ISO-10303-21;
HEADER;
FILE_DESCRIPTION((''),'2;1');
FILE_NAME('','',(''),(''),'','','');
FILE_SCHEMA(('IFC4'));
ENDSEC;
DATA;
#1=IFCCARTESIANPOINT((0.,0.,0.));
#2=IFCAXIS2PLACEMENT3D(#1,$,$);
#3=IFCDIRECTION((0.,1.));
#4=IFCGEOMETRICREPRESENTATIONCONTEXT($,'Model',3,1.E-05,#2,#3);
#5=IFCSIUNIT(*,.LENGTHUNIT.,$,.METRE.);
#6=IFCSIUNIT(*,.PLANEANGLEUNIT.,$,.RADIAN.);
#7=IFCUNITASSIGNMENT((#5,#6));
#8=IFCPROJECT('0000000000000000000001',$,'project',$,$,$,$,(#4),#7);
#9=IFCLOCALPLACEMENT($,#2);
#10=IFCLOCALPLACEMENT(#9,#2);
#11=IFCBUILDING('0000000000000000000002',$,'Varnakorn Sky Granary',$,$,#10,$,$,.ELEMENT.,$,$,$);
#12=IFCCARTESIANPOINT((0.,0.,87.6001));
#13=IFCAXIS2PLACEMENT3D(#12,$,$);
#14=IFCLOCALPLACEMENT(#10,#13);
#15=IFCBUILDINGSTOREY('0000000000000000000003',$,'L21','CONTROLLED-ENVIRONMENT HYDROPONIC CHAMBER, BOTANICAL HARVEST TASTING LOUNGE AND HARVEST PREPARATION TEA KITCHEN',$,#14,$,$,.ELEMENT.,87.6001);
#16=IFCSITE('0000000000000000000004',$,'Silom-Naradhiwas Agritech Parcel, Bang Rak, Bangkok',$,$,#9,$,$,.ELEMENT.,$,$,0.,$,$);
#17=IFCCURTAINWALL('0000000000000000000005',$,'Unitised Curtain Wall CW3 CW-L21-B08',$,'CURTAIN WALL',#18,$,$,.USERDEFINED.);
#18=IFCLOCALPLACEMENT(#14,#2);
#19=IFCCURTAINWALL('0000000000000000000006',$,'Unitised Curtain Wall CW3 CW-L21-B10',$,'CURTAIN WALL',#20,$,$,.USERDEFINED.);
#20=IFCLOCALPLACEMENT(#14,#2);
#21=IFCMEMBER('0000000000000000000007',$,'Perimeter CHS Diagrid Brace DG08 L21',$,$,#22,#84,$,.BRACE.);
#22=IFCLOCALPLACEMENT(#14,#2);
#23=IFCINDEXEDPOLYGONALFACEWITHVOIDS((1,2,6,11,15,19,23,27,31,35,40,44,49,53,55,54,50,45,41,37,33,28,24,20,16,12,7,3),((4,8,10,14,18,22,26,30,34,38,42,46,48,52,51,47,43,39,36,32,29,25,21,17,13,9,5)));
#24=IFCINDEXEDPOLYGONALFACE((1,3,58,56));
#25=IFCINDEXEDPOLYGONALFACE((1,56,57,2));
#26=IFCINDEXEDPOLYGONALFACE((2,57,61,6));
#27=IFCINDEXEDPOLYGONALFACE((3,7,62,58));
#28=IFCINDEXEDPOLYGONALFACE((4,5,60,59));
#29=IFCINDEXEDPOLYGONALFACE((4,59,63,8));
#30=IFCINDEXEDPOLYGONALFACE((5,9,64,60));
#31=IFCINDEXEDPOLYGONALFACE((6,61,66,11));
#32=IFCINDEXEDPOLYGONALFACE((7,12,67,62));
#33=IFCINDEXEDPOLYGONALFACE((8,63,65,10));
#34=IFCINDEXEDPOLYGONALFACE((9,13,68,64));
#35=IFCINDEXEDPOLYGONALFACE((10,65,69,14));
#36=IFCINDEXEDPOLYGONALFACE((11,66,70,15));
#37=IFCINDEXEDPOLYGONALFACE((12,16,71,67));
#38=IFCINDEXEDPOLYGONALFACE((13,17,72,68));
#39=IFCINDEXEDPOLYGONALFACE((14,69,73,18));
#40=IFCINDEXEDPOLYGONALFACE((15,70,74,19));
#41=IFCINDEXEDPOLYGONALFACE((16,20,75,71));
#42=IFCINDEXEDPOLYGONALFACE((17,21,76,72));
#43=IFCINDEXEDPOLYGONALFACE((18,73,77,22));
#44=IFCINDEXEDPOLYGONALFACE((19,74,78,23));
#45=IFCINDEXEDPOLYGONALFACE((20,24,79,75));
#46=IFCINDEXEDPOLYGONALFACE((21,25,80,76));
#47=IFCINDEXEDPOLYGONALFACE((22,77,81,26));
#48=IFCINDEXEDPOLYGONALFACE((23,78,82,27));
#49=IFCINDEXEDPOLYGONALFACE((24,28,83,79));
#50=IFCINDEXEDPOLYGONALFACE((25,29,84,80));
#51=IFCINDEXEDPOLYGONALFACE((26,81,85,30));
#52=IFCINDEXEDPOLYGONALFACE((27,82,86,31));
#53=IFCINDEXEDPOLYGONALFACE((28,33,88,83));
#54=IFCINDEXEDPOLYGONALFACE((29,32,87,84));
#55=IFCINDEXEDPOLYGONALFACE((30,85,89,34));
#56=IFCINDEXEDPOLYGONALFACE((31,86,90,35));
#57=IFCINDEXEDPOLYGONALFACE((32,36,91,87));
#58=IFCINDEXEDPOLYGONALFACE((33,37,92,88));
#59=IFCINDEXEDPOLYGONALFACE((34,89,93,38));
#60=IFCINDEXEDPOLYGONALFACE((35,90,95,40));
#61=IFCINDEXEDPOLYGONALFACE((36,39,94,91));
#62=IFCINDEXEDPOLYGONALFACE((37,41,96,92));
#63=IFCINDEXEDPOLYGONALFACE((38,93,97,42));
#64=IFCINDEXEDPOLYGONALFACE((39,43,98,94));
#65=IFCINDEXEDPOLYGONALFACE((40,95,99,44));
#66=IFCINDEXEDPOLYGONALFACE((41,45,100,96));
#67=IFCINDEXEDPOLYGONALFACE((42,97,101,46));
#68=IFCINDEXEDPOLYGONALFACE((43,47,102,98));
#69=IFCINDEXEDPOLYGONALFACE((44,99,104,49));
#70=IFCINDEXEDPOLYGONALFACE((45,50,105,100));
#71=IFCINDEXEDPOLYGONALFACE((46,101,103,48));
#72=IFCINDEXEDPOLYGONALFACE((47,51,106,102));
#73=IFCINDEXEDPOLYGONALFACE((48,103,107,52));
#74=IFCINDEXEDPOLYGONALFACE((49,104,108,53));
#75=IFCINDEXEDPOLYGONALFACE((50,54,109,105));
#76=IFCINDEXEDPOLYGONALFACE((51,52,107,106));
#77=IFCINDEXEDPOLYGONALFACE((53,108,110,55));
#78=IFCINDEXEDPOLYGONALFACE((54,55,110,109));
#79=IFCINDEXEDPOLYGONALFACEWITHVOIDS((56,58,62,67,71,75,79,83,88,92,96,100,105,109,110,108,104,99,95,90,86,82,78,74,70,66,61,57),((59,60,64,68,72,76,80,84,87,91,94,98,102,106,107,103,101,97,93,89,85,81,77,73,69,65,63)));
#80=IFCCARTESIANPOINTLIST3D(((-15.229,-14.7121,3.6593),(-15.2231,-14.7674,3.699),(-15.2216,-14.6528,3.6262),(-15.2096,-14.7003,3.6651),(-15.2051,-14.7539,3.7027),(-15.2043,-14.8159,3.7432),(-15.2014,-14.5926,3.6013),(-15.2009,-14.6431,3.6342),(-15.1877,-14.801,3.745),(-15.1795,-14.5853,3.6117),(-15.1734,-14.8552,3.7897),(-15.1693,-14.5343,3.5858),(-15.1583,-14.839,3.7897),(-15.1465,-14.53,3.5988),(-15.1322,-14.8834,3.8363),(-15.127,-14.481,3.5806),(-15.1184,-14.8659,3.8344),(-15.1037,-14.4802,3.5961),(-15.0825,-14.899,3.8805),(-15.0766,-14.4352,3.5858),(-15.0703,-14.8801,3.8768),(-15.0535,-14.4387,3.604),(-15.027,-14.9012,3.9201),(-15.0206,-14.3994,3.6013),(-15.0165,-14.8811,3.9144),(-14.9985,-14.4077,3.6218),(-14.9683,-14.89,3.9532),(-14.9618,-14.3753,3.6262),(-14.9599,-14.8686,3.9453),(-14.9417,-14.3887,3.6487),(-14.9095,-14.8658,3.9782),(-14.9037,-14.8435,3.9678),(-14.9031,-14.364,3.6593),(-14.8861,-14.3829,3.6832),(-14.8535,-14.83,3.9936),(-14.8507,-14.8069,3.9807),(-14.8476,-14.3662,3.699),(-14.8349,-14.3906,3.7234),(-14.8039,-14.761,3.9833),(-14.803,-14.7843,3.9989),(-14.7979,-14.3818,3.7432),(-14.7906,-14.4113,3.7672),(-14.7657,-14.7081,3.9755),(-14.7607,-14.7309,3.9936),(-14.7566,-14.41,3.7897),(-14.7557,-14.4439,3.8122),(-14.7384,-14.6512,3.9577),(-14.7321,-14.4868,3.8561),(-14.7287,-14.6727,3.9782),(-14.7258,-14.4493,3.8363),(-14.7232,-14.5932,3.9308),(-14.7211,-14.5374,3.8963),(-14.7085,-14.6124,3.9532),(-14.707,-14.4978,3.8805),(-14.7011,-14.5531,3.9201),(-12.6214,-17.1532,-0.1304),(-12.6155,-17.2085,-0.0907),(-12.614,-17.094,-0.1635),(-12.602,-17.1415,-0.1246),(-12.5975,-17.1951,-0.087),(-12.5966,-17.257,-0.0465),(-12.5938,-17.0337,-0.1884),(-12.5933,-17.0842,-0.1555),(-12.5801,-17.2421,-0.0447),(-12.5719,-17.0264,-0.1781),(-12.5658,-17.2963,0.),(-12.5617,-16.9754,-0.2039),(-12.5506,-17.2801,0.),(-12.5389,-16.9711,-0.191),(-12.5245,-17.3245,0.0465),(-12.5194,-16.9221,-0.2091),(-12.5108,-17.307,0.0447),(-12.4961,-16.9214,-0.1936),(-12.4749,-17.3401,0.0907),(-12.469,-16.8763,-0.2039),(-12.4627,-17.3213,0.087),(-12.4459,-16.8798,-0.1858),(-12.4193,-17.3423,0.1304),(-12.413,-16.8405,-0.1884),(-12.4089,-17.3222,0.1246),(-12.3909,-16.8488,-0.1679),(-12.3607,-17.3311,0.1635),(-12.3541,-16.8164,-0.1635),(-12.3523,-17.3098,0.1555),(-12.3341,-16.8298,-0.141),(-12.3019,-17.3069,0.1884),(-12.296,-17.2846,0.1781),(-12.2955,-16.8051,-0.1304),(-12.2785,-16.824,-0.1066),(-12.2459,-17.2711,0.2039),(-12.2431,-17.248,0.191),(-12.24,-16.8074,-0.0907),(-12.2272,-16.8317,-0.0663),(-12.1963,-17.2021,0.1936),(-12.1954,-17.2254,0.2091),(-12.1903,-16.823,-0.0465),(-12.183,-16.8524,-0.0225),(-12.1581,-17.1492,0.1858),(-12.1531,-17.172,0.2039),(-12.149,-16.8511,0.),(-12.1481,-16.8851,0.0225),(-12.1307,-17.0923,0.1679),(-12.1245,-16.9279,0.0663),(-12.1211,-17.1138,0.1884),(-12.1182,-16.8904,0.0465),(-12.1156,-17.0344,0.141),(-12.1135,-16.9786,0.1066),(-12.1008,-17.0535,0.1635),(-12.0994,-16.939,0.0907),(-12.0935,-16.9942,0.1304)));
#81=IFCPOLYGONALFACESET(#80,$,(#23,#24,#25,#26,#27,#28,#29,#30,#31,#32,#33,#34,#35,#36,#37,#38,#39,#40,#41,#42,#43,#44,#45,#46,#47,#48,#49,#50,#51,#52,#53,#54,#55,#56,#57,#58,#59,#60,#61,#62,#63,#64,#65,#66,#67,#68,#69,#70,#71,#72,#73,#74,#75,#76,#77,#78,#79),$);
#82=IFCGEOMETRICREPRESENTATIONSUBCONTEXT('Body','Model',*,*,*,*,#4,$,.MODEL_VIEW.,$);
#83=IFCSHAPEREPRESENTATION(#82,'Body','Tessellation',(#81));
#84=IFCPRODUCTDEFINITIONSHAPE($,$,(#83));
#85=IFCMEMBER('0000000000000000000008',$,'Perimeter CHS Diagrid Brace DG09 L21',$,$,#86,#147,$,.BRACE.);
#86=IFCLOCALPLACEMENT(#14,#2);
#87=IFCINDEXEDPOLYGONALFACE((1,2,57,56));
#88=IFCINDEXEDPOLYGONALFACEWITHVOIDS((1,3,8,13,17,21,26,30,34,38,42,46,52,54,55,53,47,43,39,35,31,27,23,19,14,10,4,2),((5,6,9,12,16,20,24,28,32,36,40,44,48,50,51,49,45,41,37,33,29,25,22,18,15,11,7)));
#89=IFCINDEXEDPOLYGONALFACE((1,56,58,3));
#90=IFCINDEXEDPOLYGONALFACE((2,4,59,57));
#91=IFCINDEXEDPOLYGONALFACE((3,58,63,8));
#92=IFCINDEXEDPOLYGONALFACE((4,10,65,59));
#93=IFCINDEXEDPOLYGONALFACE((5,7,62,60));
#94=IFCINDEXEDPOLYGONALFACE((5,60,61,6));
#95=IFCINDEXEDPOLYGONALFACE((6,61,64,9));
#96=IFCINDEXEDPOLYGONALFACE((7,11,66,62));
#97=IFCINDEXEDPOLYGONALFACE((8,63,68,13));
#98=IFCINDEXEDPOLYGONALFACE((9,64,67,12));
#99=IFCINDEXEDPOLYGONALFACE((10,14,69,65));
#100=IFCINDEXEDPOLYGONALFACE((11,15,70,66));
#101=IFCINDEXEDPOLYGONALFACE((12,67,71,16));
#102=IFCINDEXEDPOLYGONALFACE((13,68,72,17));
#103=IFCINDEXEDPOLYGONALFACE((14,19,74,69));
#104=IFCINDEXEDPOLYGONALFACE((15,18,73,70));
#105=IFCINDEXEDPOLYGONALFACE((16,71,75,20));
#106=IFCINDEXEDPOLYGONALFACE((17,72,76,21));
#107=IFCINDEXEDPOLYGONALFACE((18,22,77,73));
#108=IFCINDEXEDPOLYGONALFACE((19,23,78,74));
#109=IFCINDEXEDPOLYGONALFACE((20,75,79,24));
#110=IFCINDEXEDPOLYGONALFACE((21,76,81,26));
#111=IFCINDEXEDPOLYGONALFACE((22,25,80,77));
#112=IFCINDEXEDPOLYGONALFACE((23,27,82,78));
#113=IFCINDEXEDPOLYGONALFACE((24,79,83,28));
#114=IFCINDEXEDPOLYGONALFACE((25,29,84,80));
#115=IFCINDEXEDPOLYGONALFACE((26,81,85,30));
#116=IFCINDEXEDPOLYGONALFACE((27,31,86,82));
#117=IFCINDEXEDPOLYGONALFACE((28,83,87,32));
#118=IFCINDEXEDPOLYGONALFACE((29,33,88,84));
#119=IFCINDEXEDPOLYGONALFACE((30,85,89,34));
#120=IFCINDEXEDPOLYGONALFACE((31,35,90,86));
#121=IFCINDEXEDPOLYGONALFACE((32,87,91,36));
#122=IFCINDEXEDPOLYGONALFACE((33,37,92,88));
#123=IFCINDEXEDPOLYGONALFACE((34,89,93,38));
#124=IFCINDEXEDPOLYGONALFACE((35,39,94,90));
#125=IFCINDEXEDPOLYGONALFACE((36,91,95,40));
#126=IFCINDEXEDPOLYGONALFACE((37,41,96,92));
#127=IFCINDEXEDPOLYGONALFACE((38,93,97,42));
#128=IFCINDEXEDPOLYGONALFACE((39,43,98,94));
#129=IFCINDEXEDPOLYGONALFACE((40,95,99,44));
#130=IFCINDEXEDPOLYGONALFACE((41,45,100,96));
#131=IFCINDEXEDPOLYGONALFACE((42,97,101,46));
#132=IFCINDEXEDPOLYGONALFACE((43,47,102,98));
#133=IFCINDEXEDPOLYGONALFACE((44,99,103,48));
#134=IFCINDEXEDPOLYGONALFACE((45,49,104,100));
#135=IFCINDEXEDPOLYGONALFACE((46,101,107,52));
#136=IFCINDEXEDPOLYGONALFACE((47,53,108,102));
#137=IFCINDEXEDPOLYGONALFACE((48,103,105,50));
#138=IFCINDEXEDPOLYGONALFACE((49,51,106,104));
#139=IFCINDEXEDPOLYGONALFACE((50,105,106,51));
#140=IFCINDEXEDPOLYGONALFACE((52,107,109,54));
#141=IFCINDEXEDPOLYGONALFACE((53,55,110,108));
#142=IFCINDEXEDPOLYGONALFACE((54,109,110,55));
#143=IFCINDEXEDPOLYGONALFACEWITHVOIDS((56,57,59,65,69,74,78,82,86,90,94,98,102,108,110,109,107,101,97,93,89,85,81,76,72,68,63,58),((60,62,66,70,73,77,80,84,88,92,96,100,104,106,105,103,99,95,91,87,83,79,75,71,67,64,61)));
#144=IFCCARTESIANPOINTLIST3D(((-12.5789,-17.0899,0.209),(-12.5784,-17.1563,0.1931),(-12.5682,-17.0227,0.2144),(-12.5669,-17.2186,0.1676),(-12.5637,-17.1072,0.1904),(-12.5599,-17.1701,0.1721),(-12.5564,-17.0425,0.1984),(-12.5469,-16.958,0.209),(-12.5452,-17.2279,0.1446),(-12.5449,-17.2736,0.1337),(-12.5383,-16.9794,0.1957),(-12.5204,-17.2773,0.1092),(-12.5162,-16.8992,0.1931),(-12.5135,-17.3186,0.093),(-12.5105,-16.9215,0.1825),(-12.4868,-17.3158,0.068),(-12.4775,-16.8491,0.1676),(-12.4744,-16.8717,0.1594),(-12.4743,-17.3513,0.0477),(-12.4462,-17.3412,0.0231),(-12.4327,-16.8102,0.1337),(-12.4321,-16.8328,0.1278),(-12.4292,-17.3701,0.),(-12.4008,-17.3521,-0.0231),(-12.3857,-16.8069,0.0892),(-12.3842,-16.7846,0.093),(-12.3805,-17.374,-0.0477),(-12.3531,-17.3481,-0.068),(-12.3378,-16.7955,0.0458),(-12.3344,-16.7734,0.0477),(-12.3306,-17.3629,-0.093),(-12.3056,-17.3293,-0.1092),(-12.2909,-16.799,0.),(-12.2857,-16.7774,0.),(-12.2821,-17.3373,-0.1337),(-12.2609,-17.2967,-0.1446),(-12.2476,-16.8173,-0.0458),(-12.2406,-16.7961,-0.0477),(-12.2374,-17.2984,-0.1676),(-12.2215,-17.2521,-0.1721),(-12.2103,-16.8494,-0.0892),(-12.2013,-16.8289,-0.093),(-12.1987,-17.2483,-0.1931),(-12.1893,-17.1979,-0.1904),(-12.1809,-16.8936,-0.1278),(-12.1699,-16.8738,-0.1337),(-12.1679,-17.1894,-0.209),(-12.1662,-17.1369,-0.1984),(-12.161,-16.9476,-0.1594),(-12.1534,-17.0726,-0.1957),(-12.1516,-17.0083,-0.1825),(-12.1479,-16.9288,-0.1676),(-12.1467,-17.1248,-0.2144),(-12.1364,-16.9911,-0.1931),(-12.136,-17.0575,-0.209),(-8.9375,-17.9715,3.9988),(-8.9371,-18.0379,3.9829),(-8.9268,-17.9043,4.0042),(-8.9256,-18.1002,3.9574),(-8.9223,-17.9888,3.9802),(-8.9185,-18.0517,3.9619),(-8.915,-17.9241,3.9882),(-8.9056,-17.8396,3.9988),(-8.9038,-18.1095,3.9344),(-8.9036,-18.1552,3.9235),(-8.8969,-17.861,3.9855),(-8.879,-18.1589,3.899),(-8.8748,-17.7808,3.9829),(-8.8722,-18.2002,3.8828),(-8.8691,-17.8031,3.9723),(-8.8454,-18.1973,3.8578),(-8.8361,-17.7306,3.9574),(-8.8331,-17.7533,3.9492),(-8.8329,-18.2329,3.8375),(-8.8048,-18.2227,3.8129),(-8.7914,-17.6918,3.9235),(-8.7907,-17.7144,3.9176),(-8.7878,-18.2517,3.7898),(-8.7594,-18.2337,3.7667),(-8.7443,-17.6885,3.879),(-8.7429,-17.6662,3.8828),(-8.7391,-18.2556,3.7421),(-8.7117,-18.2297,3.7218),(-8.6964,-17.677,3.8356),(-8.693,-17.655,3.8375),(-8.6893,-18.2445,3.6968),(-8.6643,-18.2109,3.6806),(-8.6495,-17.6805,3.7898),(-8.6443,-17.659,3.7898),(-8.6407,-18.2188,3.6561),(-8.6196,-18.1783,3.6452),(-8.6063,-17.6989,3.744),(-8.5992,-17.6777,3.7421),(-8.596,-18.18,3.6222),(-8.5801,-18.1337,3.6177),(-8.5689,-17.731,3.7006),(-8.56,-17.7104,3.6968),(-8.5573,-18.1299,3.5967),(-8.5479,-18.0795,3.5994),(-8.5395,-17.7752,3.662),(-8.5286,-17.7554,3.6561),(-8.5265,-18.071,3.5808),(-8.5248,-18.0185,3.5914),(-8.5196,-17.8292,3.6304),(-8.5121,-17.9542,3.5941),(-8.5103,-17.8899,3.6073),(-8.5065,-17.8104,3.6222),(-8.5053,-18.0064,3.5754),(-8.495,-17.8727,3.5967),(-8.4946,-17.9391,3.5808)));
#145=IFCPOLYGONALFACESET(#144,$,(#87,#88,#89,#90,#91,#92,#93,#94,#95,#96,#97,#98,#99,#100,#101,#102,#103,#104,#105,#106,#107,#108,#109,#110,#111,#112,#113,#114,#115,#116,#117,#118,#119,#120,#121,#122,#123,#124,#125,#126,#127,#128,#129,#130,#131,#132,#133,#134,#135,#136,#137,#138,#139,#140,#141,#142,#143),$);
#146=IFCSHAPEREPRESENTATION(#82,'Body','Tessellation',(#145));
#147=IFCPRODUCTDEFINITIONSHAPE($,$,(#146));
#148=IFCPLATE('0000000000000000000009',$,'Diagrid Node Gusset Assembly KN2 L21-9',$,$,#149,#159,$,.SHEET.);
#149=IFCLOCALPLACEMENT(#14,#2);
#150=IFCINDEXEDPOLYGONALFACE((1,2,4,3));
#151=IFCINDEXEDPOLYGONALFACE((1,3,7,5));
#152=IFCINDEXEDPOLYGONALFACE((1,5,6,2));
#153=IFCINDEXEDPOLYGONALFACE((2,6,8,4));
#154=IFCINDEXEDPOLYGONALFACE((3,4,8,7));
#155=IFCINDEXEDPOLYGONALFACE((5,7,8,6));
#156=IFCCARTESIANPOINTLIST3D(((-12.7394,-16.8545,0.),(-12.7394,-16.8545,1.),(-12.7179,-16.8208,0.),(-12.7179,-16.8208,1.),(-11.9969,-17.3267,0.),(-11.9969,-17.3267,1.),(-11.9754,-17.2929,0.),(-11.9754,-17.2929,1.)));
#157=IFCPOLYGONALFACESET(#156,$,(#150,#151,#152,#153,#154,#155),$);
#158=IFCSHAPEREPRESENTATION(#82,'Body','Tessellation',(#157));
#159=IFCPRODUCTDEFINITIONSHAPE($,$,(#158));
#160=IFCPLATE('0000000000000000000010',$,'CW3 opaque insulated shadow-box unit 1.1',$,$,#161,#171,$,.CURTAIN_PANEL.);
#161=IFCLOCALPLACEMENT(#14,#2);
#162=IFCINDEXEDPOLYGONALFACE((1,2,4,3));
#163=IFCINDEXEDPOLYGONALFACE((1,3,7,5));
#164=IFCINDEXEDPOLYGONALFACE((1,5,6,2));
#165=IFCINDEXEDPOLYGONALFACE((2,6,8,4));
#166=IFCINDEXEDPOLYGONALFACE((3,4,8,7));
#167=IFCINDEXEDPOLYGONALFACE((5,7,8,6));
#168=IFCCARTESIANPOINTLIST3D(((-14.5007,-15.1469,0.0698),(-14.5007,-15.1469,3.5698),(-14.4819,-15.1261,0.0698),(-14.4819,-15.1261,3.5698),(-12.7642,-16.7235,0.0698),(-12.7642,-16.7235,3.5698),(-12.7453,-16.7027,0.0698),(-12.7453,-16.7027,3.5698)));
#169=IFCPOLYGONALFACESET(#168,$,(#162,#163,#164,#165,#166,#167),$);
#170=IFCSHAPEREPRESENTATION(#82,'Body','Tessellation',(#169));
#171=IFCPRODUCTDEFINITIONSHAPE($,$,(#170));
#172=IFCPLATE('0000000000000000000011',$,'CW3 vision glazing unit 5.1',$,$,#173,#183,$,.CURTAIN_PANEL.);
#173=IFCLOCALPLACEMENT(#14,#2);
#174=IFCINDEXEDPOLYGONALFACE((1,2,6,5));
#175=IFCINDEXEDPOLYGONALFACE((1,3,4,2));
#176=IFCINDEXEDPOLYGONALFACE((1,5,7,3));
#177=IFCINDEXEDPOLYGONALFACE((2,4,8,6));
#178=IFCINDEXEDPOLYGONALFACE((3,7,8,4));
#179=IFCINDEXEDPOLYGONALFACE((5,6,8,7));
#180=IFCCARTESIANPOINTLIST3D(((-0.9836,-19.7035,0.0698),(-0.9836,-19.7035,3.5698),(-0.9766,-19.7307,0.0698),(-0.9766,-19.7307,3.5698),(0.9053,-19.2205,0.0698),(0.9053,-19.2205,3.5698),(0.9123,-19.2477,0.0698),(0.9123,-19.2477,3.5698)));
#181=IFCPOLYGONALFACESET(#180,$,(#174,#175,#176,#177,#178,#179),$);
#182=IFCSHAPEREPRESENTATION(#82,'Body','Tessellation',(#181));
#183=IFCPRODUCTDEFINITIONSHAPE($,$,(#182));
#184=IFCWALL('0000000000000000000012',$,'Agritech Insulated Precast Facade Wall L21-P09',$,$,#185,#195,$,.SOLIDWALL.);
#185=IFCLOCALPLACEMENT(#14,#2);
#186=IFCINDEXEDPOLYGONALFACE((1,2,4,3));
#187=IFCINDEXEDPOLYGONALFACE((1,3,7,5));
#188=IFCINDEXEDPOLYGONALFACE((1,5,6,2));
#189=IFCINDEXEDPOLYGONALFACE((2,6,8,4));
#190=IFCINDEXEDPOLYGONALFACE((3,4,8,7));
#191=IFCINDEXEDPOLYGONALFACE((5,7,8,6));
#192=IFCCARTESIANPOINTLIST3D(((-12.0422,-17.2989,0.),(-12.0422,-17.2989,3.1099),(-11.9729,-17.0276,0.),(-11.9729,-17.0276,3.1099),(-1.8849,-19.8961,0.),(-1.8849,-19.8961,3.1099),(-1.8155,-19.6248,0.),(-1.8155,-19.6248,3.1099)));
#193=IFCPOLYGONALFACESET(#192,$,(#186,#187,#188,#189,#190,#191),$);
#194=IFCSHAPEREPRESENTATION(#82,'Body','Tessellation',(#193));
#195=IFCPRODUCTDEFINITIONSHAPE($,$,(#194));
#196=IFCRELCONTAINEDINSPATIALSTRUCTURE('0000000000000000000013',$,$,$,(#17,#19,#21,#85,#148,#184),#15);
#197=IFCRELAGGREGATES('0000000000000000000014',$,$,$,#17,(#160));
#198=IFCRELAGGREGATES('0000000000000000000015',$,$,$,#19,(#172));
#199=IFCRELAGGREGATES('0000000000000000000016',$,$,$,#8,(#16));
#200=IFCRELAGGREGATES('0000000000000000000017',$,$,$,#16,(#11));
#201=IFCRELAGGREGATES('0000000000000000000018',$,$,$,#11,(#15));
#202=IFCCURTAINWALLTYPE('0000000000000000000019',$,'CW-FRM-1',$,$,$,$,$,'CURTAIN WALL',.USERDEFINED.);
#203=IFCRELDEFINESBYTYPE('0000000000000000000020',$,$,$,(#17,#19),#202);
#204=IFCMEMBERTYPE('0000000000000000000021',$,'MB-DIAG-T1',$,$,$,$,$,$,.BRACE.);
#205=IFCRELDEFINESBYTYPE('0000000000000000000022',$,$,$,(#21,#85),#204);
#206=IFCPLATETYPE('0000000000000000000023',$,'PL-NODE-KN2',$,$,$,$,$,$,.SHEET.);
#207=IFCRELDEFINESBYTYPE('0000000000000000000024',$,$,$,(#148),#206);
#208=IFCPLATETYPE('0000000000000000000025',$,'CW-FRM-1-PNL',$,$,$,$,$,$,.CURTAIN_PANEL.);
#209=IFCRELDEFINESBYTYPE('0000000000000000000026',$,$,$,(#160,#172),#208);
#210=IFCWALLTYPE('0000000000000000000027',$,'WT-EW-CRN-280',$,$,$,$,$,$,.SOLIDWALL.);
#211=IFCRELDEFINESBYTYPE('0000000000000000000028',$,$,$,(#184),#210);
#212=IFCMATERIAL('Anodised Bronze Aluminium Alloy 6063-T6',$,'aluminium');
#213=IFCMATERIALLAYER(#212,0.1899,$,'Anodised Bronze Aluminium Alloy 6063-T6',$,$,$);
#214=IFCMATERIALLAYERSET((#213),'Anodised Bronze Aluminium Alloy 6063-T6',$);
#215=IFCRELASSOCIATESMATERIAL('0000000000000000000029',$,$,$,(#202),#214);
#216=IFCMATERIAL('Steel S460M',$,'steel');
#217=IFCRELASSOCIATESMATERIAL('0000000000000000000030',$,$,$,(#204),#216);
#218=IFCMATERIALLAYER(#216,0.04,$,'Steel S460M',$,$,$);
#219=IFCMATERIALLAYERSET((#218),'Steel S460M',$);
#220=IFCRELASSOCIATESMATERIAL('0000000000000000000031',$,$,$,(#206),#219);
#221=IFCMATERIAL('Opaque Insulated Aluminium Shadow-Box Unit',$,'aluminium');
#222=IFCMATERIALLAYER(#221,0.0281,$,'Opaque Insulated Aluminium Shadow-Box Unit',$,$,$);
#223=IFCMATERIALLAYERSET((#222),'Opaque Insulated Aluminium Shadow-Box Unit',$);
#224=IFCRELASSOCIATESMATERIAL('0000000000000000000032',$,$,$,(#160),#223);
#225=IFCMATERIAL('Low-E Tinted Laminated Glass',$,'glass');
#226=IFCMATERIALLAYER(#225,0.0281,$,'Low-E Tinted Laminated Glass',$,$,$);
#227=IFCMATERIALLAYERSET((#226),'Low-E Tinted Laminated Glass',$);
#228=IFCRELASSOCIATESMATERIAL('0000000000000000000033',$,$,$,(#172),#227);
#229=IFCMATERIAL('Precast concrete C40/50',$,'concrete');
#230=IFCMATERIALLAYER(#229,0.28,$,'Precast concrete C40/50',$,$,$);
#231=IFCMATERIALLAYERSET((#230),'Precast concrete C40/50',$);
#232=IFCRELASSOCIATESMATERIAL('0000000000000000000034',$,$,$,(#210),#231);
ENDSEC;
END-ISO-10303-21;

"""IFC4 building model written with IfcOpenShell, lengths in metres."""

from ifc_helpers import new_model, si_unit, direction, frame, frame_2d, origin, origin_2d, place, context, subcontext, project, spatial, rectangle, hollow_circle, extrude, source, transform, mapped, material, layer, layer_set, material_profile, profile_set, type_object, type_shapes, element, aggregate, save


model = new_model("IFC4")

# Units and contexts
model_context = context("Model", 3, precision=1e-05, world=origin(), true_north=direction((0.0, 1.0)))
body_context = subcontext(model_context, "Body", "Model", "MODEL_VIEW")
ifc_project = project(units=[si_unit("LENGTHUNIT", "METRE"), si_unit("PLANEANGLEUNIT", "RADIAN")], contexts=[model_context])

# Site, building, storey
site_placement = place(None, origin())
site = spatial("IfcSite", under=ifc_project, at=site_placement, Name="Silom-Naradhiwas Agritech Parcel, Bang Rak, Bangkok", CompositionType="ELEMENT", RefElevation=0.0)
building_placement = place(site_placement, origin())
building = spatial("IfcBuilding", under=site, at=building_placement, Name="Varnakorn Sky Granary", CompositionType="ELEMENT")
storey_placement = place(building_placement, frame((0.0, 0.0, 87.6001)))
storey = spatial("IfcBuildingStorey", under=building, at=storey_placement, Name="L21", Description="CONTROLLED-ENVIRONMENT HYDROPONIC CHAMBER, BOTANICAL HARVEST TASTING LOUNGE AND HARVEST PREPARATION TEA KITCHEN", CompositionType="ELEMENT", Elevation=87.6001)

# Shared definitions
ifc_material_1 = material(Name="Steel S460M", Category="steel")

# Curtain wall
ifc_material_2 = material(Name="Anodised Bronze Aluminium Alloy 6063-T6", Category="aluminium")
ifc_layer_1 = layer(ifc_material_2, 0.1899, Name="Anodised Bronze Aluminium Alloy 6063-T6")
ifc_layer_set_1 = layer_set([ifc_layer_1], Name="Anodised Bronze Aluminium Alloy 6063-T6")
curtain_wall_type = type_object("IfcCurtainWallType", Name="CW-FRM-1", ElementType="CURTAIN WALL", PredefinedType="USERDEFINED", material=ifc_layer_set_1)
curtain_wall_1_placement = place(storey_placement, origin())
curtain_wall_1 = element("IfcCurtainWall", 1, at=curtain_wall_1_placement, inside=storey, type_object=curtain_wall_type, Name="Unitised Curtain Wall CW3 CW-L21-B08", ObjectType="CURTAIN WALL", PredefinedType="USERDEFINED")

# Curtain wall
curtain_wall_2_placement = place(storey_placement, origin())
curtain_wall_2 = element("IfcCurtainWall", 2, at=curtain_wall_2_placement, inside=storey, type_object=curtain_wall_type, Name="Unitised Curtain Wall CW3 CW-L21-B10", ObjectType="CURTAIN WALL", PredefinedType="USERDEFINED")

# Members
ifc_material_profile_1 = material_profile(ifc_material_1, hollow_circle(Radius=0.3049, WallThickness=0.0222, at=origin_2d()), Name="CHS 610x22")
ifc_profile_set_1 = profile_set([ifc_material_profile_1], Name="Steel S460M")
member_type_1 = type_object("IfcMemberType", Name="MB-DIAG-T1", PredefinedType="BRACE", material=ifc_profile_set_1)
member_1_placement = place(storey_placement, frame((-12.3574, -17.0737, 0.0), z_axis=(-0.500718, 0.468746, 0.727708), x_axis=(-0.683416, -0.730029, 0.0)))
element("IfcMember", 3, at=member_1_placement, inside=storey, type_object=member_type_1, Name="Perimeter CHS Diagrid Brace DG08 L21", PredefinedType="BRACE", context=body_context, shape_type="SweptSolid", body=[
    extrude(hollow_circle(Radius=0.3049, WallThickness=0.0222, at=origin_2d()), origin(), (0.0, 0.0, 1.0), 5.2078),
])
member_2_placement = place(storey_placement, frame((-12.3574, -17.0737, 0.0), z_axis=(0.683298, -0.16543, 0.711152), x_axis=(0.235307, 0.971921, 0.0)))
element("IfcMember", 4, at=member_2_placement, inside=storey, type_object=member_type_1, Name="Perimeter CHS Diagrid Brace DG09 L21", PredefinedType="BRACE", context=body_context, shape_type="SweptSolid", body=[
    extrude(hollow_circle(Radius=0.3049, WallThickness=0.0222, at=origin_2d()), origin(), (0.0, 0.0, 1.0), 5.3291),
])

# Plates
ifc_layer_2 = layer(ifc_material_1, 0.04, Name="Steel S460M")
ifc_layer_set_2 = layer_set([ifc_layer_2], Name="Steel S460M")
plate_type_1 = type_object("IfcPlateType", Name="PL-NODE-KN2", PredefinedType="SHEET", material=ifc_layer_set_2)
plate_1_placement = place(storey_placement, frame((-12.3574, -17.0737, 0.0), z_axis=(0.0, 0.0, 1.0), x_axis=(0.843831, -0.536609, 0.0)))
element("IfcPlate", 5, at=plate_1_placement, inside=storey, type_object=plate_type_1, Name="Diagrid Node Gusset Assembly KN2 L21-9", PredefinedType="SHEET", context=body_context, shape_type="SweptSolid", body=[
    extrude(rectangle(XDim=0.8799, YDim=0.04, at=origin_2d()), origin(), (0.0, 0.0, 1.0), 1.0),
])
ifc_material_3 = material(Name="Opaque Insulated Aluminium Shadow-Box Unit", Category="aluminium")
ifc_layer_3 = layer(ifc_material_3, 0.0281, Name="Opaque Insulated Aluminium Shadow-Box Unit")
ifc_layer_set_3 = layer_set([ifc_layer_3], Name="Opaque Insulated Aluminium Shadow-Box Unit")
plate_type_2 = type_object("IfcPlateType", Name="CW-FRM-1-PNL", PredefinedType="CURTAIN_PANEL")
shared_shape_1 = source(origin(), body_context, "Body", "SweptSolid", [
    extrude(rectangle(XDim=2.3455, YDim=0.0281, at=origin_2d()), origin(), (0.0, 0.0, 1.0), 3.5),
])
plate_2_placement = place(storey_placement, frame((-13.623, -15.9248, 0.0698), z_axis=(0.0, 0.0, 1.0), x_axis=(-0.740378, 0.67219, 0.0)))
plate_2 = element("IfcPlate", 6, at=plate_2_placement, type_object=plate_type_2, material=ifc_layer_set_3, Name="CW3 opaque insulated shadow-box unit 1.1", PredefinedType="CURTAIN_PANEL", context=body_context, shape_type="MappedRepresentation", body=[
    mapped(shared_shape_1, transform((0.0, 0.0, 0.0), x_axis=(1.0, 0.0, 0.0), y_axis=(0.0, 1.0, 0.0), z_axis=(0.0, 0.0, 1.0), scale=1.0)),
])
aggregate(curtain_wall_1, [plate_2])
ifc_material_4 = material(Name="Low-E Tinted Laminated Glass", Category="glass")
ifc_layer_4 = layer(ifc_material_4, 0.0281, Name="Low-E Tinted Laminated Glass")
ifc_layer_set_4 = layer_set([ifc_layer_4], Name="Low-E Tinted Laminated Glass")
shared_shape_2 = source(origin(), body_context, "Body", "SweptSolid", [
    extrude(rectangle(XDim=1.9497, YDim=0.0281, at=origin_2d()), origin(), (0.0, 0.0, 1.0), 3.5),
])
type_shapes(plate_type_2, [shared_shape_1, shared_shape_2])
plate_3_placement = place(storey_placement, frame((-0.0356, -19.4756, 0.0698), z_axis=(0.0, 0.0, 1.0), x_axis=(-0.968829, -0.247729, 0.0)))
plate_3 = element("IfcPlate", 7, at=plate_3_placement, type_object=plate_type_2, material=ifc_layer_set_4, Name="CW3 vision glazing unit 5.1", PredefinedType="CURTAIN_PANEL", context=body_context, shape_type="MappedRepresentation", body=[
    mapped(shared_shape_2, transform((0.0, 0.0, 0.0), x_axis=(1.0, 0.0, 0.0), y_axis=(0.0, 1.0, 0.0), z_axis=(0.0, 0.0, 1.0), scale=1.0)),
])
aggregate(curtain_wall_2, [plate_3])

# Wall
ifc_material_5 = material(Name="Precast concrete C40/50", Category="concrete")
ifc_layer_5 = layer(ifc_material_5, 0.28, Name="Precast concrete C40/50")
ifc_layer_set_5 = layer_set([ifc_layer_5], Name="Precast concrete C40/50")
wall_type = type_object("IfcWallType", Name="WT-EW-CRN-280", PredefinedType="SOLIDWALL", material=ifc_layer_set_5)
wall_placement = place(storey_placement, frame((-1.8501, -19.7605, 0.0), z_axis=(0.0, 0.0, 1.0), x_axis=(-0.96883, 0.247727, 0.0)))
element("IfcWall", 8, at=wall_placement, inside=storey, type_object=wall_type, Name="Agritech Insulated Precast Facade Wall L21-P09", PredefinedType="SOLIDWALL", context=body_context, shape_type="SweptSolid", body=[
    extrude(rectangle(XDim=10.4841, YDim=0.28, at=frame_2d((5.2422, 0.0))), origin(), (0.0, 0.0, 1.0), 3.1099),
])

save(model, "model.ifc")
